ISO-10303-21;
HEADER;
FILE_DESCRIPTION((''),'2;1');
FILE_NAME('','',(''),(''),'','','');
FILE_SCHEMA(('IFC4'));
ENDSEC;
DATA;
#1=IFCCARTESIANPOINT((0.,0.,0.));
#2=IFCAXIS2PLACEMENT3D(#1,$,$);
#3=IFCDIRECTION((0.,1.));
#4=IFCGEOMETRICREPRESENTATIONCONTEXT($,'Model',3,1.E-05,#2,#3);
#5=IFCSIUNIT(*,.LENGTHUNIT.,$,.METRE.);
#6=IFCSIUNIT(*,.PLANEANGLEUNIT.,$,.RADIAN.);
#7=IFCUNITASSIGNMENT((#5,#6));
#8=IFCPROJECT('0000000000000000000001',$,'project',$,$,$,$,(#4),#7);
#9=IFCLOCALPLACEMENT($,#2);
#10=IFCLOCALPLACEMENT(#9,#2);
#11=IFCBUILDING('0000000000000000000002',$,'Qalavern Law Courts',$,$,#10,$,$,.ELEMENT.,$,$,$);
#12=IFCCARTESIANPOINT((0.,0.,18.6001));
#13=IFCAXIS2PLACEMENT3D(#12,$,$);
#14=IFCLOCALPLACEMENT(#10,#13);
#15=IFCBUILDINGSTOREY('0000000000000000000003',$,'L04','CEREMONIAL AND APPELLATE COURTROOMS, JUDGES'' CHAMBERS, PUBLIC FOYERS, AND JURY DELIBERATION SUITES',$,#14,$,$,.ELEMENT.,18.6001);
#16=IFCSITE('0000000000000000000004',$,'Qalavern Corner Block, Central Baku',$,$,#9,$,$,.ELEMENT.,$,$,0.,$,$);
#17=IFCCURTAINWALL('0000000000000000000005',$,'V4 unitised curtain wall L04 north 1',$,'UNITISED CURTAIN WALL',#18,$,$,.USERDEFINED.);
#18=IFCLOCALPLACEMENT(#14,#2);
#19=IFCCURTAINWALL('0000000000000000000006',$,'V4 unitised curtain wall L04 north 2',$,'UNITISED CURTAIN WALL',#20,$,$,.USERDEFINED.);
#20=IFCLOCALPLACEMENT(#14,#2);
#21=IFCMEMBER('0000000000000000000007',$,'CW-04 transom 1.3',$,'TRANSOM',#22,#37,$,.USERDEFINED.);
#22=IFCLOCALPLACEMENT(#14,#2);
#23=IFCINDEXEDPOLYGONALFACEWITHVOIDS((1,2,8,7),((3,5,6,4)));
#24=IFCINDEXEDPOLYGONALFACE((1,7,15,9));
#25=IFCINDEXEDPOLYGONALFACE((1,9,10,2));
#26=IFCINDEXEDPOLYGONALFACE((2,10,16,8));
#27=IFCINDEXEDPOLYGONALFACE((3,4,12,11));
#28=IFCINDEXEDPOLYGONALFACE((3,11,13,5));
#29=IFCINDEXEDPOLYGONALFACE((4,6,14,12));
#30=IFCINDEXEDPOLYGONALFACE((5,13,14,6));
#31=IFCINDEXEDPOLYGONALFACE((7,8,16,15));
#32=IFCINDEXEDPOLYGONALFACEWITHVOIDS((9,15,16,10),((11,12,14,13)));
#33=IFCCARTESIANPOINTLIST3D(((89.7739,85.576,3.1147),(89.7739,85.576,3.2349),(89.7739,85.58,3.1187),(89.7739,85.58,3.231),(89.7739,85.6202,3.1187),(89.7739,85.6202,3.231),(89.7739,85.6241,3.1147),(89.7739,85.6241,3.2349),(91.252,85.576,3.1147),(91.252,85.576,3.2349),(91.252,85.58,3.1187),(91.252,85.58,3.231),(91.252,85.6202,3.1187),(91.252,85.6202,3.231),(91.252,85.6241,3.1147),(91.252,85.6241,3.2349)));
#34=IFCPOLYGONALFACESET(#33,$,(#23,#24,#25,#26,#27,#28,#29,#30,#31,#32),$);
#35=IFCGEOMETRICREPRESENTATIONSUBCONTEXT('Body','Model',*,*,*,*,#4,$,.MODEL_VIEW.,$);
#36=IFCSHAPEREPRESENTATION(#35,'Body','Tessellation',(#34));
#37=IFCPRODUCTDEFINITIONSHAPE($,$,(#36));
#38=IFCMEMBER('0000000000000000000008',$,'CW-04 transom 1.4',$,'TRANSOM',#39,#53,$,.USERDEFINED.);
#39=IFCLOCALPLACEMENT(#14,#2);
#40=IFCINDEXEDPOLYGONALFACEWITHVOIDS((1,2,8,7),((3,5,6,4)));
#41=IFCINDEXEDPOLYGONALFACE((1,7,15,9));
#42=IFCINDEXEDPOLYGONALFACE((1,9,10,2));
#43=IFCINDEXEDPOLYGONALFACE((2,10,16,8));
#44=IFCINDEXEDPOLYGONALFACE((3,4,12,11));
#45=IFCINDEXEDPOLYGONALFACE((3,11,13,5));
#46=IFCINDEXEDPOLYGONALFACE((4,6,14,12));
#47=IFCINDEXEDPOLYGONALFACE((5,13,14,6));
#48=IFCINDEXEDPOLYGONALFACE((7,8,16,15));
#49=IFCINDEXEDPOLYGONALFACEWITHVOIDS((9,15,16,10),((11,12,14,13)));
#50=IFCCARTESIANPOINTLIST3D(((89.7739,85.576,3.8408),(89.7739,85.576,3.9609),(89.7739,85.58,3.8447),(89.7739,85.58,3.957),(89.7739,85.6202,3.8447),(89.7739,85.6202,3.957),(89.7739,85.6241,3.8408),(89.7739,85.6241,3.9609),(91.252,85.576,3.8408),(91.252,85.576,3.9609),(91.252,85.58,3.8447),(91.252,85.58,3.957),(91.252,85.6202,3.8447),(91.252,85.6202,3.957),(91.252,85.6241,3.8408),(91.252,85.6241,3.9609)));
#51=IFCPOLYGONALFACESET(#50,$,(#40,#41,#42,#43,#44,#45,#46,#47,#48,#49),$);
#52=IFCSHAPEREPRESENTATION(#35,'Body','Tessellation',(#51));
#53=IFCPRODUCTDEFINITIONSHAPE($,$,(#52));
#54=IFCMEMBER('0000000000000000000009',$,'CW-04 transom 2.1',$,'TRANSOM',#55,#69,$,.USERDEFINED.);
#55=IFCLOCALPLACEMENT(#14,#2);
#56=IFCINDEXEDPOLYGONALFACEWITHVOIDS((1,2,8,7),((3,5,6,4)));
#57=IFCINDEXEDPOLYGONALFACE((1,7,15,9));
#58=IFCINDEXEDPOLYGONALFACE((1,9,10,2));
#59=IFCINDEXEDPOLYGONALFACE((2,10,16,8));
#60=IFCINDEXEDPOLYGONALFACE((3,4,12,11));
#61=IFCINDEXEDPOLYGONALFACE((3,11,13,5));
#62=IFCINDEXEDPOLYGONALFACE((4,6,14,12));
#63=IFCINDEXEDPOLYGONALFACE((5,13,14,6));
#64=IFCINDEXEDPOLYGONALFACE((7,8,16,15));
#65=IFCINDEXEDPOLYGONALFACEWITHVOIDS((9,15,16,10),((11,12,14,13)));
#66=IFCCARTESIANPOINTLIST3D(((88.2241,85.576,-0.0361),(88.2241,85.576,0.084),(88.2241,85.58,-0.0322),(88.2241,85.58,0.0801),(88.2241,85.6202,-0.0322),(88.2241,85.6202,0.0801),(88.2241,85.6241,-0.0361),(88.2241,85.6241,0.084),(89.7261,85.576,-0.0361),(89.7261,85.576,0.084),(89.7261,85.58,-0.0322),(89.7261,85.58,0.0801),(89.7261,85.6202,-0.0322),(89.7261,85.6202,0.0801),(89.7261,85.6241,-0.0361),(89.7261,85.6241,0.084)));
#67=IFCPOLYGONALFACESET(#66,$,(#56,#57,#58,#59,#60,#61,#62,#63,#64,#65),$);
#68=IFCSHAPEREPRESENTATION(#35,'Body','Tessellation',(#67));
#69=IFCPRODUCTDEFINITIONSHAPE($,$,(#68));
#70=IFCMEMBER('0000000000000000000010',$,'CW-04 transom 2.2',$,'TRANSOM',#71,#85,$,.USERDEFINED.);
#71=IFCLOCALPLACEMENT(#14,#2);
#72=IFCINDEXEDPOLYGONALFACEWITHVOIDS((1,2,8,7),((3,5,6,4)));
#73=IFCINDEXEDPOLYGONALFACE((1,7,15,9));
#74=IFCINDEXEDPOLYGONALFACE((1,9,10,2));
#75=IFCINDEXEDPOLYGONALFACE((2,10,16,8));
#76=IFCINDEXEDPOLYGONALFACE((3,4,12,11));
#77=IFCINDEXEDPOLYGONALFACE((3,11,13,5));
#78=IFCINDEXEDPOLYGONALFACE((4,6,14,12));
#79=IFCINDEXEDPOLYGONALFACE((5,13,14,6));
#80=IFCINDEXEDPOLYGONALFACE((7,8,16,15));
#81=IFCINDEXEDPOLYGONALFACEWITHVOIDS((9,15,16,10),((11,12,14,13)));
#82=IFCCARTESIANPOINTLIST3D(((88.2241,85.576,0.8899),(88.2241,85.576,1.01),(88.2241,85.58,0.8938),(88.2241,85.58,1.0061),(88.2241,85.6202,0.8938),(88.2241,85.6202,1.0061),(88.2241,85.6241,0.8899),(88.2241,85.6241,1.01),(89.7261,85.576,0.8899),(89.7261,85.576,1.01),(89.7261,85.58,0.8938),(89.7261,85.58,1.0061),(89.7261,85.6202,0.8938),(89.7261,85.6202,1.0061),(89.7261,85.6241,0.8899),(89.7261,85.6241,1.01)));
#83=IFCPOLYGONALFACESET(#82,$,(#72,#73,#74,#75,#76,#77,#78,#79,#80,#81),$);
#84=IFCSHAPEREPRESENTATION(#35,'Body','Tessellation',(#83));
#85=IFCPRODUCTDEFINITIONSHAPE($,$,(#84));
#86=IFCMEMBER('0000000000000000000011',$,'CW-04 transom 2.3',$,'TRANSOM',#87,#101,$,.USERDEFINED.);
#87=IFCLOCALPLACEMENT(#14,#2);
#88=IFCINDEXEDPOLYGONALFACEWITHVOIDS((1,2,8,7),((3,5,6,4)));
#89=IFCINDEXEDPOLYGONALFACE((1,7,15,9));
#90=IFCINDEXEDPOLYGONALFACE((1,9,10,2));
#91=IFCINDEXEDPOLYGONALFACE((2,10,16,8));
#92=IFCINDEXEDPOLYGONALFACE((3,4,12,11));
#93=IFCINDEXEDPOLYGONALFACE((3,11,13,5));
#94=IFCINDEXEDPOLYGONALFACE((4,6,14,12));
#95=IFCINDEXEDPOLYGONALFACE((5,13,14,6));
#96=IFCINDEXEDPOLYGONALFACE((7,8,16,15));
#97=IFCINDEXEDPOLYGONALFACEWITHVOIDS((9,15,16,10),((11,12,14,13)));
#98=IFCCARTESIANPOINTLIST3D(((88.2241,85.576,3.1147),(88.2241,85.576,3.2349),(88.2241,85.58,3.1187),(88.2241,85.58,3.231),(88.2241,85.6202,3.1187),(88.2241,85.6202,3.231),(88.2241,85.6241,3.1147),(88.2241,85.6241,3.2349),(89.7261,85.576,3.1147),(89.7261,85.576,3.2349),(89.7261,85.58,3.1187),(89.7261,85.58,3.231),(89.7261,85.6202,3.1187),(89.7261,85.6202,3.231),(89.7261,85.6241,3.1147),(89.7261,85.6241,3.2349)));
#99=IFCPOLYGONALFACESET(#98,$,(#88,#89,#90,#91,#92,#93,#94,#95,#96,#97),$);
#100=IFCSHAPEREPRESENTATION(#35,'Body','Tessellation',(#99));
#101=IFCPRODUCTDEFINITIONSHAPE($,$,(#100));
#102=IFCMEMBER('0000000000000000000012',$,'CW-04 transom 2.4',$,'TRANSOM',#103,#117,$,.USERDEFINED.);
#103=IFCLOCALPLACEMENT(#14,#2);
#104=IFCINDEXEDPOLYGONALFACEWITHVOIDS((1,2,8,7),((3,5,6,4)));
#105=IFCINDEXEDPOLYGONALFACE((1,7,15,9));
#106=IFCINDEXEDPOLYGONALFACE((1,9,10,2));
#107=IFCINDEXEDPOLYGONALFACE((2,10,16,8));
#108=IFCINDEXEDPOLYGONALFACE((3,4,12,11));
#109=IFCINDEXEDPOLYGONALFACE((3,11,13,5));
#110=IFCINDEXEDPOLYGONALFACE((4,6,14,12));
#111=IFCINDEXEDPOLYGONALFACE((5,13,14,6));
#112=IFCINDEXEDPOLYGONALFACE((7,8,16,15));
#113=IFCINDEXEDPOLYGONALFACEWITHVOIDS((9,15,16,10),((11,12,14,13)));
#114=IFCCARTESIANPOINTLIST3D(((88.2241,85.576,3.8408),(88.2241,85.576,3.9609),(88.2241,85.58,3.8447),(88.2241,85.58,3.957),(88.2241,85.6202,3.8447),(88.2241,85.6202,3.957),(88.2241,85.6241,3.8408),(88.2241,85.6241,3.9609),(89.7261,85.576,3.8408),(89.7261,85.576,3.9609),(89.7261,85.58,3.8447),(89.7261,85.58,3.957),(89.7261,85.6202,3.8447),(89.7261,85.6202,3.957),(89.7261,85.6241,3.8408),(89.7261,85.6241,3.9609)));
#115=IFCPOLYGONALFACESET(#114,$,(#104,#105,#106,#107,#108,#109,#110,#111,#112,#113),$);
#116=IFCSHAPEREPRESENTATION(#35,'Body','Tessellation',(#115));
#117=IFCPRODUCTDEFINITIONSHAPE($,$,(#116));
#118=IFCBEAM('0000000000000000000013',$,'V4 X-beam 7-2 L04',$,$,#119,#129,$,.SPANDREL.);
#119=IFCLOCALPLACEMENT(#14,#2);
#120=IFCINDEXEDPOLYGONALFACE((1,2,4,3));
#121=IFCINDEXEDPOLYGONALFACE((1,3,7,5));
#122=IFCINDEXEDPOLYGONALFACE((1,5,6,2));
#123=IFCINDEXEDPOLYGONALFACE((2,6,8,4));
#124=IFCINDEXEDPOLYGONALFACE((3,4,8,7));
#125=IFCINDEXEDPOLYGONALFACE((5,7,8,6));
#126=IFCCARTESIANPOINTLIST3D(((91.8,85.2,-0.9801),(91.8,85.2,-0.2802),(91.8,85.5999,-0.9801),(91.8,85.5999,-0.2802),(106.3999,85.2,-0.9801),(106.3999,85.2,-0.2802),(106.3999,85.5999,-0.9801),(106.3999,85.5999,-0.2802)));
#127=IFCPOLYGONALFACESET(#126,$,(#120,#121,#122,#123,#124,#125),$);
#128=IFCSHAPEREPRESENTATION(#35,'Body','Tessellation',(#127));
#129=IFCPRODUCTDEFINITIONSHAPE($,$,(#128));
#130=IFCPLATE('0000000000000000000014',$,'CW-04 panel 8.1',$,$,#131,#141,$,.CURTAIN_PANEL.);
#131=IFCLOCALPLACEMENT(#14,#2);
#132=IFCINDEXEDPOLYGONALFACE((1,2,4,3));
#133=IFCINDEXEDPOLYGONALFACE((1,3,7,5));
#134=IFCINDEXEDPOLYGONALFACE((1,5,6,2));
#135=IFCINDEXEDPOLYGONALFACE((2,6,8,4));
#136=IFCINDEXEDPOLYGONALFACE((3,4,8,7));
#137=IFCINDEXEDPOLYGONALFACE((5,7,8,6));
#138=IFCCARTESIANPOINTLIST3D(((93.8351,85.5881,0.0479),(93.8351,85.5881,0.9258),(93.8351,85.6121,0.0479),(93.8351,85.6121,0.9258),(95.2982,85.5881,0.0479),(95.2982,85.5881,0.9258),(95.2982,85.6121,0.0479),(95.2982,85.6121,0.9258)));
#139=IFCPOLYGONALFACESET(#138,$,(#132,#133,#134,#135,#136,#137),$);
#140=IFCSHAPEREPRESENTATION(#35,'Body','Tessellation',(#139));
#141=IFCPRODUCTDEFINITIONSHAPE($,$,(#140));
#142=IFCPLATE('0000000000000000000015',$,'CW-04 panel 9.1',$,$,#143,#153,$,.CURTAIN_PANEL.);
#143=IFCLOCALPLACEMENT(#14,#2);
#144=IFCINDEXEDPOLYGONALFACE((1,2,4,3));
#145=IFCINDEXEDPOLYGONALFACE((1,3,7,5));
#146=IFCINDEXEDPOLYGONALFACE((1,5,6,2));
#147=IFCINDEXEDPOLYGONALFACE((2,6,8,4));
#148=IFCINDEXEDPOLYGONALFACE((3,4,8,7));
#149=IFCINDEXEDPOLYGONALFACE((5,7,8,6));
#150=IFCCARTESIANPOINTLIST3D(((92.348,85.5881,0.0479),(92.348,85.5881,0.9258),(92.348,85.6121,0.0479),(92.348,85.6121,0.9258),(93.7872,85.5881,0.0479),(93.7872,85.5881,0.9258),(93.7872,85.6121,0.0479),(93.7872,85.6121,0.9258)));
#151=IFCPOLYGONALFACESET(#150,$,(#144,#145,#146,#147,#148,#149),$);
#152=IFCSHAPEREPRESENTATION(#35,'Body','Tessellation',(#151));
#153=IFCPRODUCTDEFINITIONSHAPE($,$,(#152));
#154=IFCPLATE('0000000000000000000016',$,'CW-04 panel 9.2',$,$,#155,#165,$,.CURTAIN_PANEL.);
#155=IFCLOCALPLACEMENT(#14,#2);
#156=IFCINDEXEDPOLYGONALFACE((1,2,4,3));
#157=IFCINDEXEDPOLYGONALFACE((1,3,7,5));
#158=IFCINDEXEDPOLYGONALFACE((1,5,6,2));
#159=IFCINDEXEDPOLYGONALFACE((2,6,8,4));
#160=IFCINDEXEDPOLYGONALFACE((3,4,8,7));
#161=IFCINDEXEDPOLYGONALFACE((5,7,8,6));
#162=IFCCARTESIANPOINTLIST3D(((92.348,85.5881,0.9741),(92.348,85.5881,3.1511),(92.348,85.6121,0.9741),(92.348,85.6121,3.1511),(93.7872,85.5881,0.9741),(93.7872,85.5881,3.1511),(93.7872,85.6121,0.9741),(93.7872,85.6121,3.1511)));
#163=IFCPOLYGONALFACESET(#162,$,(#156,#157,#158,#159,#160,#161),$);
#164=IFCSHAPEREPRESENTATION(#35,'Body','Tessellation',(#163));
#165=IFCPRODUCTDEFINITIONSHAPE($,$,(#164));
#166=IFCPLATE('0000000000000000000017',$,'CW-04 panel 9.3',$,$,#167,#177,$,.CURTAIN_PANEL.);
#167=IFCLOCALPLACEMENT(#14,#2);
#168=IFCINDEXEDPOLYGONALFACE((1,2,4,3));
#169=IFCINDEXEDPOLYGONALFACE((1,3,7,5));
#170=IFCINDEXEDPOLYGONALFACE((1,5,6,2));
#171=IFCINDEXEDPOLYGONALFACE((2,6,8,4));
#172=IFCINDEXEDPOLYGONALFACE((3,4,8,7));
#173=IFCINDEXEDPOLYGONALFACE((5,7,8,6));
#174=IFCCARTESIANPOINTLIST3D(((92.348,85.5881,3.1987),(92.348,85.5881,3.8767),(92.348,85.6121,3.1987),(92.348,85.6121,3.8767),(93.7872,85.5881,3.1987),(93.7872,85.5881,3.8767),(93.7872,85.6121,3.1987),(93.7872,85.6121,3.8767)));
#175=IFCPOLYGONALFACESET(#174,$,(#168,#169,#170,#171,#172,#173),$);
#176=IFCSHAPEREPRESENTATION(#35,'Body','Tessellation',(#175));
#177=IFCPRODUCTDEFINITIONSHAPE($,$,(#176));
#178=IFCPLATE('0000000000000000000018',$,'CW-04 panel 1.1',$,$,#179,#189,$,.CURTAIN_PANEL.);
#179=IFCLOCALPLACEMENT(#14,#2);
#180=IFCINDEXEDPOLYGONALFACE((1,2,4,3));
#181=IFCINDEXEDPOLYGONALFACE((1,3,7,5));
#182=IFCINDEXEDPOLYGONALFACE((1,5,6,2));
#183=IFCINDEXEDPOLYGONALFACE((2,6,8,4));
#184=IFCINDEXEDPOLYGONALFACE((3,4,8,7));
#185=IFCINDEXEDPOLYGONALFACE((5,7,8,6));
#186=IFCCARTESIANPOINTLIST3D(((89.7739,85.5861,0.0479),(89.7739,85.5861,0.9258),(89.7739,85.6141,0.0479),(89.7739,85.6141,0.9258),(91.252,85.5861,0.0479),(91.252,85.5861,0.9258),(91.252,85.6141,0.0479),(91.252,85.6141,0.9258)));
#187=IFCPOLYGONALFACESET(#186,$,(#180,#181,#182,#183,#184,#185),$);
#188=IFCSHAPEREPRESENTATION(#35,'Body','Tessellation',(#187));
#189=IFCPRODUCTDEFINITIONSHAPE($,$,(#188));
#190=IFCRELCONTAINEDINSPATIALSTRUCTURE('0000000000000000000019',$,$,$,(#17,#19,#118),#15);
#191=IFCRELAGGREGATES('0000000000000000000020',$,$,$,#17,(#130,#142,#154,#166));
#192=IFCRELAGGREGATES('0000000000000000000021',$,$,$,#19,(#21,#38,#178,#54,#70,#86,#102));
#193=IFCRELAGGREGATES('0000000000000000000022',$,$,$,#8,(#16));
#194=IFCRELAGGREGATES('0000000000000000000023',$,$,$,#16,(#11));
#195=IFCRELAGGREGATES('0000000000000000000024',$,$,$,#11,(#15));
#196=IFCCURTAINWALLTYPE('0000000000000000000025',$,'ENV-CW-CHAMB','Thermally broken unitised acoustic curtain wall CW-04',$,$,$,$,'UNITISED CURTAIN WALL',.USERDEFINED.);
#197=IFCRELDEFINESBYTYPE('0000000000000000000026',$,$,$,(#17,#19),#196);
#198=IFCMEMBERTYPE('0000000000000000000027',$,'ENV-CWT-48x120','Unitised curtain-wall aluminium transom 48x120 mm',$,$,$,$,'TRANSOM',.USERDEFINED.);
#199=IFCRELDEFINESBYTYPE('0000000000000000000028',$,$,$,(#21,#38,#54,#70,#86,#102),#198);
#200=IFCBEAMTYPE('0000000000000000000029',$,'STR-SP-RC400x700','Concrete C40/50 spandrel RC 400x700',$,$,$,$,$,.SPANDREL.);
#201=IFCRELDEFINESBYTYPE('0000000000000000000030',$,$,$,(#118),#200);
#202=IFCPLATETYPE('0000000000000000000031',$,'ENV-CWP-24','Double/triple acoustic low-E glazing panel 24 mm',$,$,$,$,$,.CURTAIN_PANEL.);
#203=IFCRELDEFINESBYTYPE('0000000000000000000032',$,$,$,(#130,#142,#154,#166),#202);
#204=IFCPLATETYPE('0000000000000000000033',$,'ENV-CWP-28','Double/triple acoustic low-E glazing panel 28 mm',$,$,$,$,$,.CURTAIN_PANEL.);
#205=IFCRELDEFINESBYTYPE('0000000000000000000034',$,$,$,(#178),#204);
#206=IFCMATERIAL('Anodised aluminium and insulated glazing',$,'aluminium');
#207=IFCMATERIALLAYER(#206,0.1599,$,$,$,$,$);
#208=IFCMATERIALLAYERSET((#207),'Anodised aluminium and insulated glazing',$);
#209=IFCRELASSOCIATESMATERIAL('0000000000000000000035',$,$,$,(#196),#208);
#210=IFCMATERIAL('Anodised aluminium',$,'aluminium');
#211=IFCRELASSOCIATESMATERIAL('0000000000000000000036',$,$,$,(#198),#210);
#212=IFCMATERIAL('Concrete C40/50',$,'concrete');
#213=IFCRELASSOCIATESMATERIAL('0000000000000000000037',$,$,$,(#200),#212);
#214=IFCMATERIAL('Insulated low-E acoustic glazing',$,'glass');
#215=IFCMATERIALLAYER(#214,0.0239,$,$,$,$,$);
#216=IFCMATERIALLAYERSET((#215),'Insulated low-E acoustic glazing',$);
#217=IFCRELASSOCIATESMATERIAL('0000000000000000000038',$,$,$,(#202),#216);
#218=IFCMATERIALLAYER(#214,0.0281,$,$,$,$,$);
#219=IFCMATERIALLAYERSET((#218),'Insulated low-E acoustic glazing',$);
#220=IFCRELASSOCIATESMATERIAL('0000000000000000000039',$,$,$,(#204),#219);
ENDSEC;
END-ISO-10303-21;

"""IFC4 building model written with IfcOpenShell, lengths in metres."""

from ifc_helpers import new_model, si_unit, direction, frame, origin, origin_2d, place, context, subcontext, project, spatial, rectangle, hollow_rectangle, extrude, material, layer, layer_set, material_profile, profile_set, type_object, element, aggregate, save


model = new_model("IFC4")

# Units and contexts
model_context = context("Model", 3, precision=1e-05, world=origin(), true_north=direction((0.0, 1.0)))
body_context = subcontext(model_context, "Body", "Model", "MODEL_VIEW")
ifc_project = project(units=[si_unit("LENGTHUNIT", "METRE"), si_unit("PLANEANGLEUNIT", "RADIAN")], contexts=[model_context])

# Site, building, storey
site_placement = place(None, origin())
site = spatial("IfcSite", under=ifc_project, at=site_placement, Name="Qalavern Corner Block, Central Baku", CompositionType="ELEMENT", RefElevation=0.0)
building_placement = place(site_placement, origin())
building = spatial("IfcBuilding", under=site, at=building_placement, Name="Qalavern Law Courts", CompositionType="ELEMENT")
storey_placement = place(building_placement, frame((0.0, 0.0, 18.6001)))
storey = spatial("IfcBuildingStorey", under=building, at=storey_placement, Name="L04", Description="CEREMONIAL AND APPELLATE COURTROOMS, JUDGES' CHAMBERS, PUBLIC FOYERS, AND JURY DELIBERATION SUITES", CompositionType="ELEMENT", Elevation=18.6001)

# Curtain walls
ifc_material_1 = material(Name="Anodised aluminium and insulated glazing", Category="aluminium")
ifc_layer_1 = layer(ifc_material_1, 0.1599)
ifc_layer_set_1 = layer_set([ifc_layer_1], Name="Anodised aluminium and insulated glazing")
curtain_wall_type = type_object("IfcCurtainWallType", Name="ENV-CW-CHAMB", Description="Thermally broken unitised acoustic curtain wall CW-04", ElementType="UNITISED CURTAIN WALL", PredefinedType="USERDEFINED", material=ifc_layer_set_1)
curtain_wall_1_placement = place(storey_placement, origin())
curtain_wall_1 = element("IfcCurtainWall", 1, at=curtain_wall_1_placement, inside=storey, type_object=curtain_wall_type, Name="V4 unitised curtain wall L04 north 1", ObjectType="UNITISED CURTAIN WALL", PredefinedType="USERDEFINED")
ifc_material_2 = material(Name="Anodised aluminium", Category="aluminium")
curtain_wall_2_placement = place(storey_placement, origin())
curtain_wall_2 = element("IfcCurtainWall", 2, at=curtain_wall_2_placement, inside=storey, type_object=curtain_wall_type, Name="V4 unitised curtain wall L04 north 2", ObjectType="UNITISED CURTAIN WALL", PredefinedType="USERDEFINED")

# Members
ifc_material_profile_1 = material_profile(ifc_material_2, hollow_rectangle(XDim=0.0481, YDim=0.1201, WallThickness=0.0039, at=origin_2d()), Name="ALU TRANSOM 48x120")
ifc_profile_set_1 = profile_set([ifc_material_profile_1], Name="Anodised aluminium")
member_type_1 = type_object("IfcMemberType", Name="ENV-CWT-48x120", Description="Unitised curtain-wall aluminium transom 48x120 mm", ElementType="TRANSOM", PredefinedType="USERDEFINED", material=ifc_profile_set_1)
member_1_placement = place(storey_placement, frame((91.252, 85.6001, 3.1748), z_axis=(-1.0, 0.0, 0.0), x_axis=(0.0, -1.0, 0.0)))
member_1 = element("IfcMember", 3, at=member_1_placement, type_object=member_type_1, Name="CW-04 transom 1.3", ObjectType="TRANSOM", PredefinedType="USERDEFINED", context=body_context, shape_type="SweptSolid", body=[
    extrude(hollow_rectangle(XDim=0.0481, YDim=0.1201, WallThickness=0.0039, at=origin_2d()), origin(), (0.0, 0.0, 1.0), 1.478),
])
member_2_placement = place(storey_placement, frame((91.252, 85.6001, 3.9009), z_axis=(-1.0, 0.0, 0.0), x_axis=(0.0, -1.0, 0.0)))
member_2 = element("IfcMember", 4, at=member_2_placement, type_object=member_type_1, Name="CW-04 transom 1.4", ObjectType="TRANSOM", PredefinedType="USERDEFINED", context=body_context, shape_type="SweptSolid", body=[
    extrude(hollow_rectangle(XDim=0.0481, YDim=0.1201, WallThickness=0.0039, at=origin_2d()), origin(), (0.0, 0.0, 1.0), 1.478),
])
member_3_placement = place(storey_placement, frame((89.7261, 85.6001, 0.0239), z_axis=(-1.0, 0.0, 0.0), x_axis=(0.0, -1.0, 0.0)))
member_3 = element("IfcMember", 5, at=member_3_placement, type_object=member_type_1, Name="CW-04 transom 2.1", ObjectType="TRANSOM", PredefinedType="USERDEFINED", context=body_context, shape_type="SweptSolid", body=[
    extrude(hollow_rectangle(XDim=0.0481, YDim=0.1201, WallThickness=0.0039, at=origin_2d()), origin(), (0.0, 0.0, 1.0), 1.502),
])
member_4_placement = place(storey_placement, frame((89.7261, 85.6001, 0.95), z_axis=(-1.0, 0.0, 0.0), x_axis=(0.0, -1.0, 0.0)))
member_4 = element("IfcMember", 6, at=member_4_placement, type_object=member_type_1, Name="CW-04 transom 2.2", ObjectType="TRANSOM", PredefinedType="USERDEFINED", context=body_context, shape_type="SweptSolid", body=[
    extrude(hollow_rectangle(XDim=0.0481, YDim=0.1201, WallThickness=0.0039, at=origin_2d()), origin(), (0.0, 0.0, 1.0), 1.502),
])
member_5_placement = place(storey_placement, frame((89.7261, 85.6001, 3.1748), z_axis=(-1.0, 0.0, 0.0), x_axis=(0.0, -1.0, 0.0)))
member_5 = element("IfcMember", 7, at=member_5_placement, type_object=member_type_1, Name="CW-04 transom 2.3", ObjectType="TRANSOM", PredefinedType="USERDEFINED", context=body_context, shape_type="SweptSolid", body=[
    extrude(hollow_rectangle(XDim=0.0481, YDim=0.1201, WallThickness=0.0039, at=origin_2d()), origin(), (0.0, 0.0, 1.0), 1.502),
])
member_6_placement = place(storey_placement, frame((89.7261, 85.6001, 3.9009), z_axis=(-1.0, 0.0, 0.0), x_axis=(0.0, -1.0, 0.0)))
member_6 = element("IfcMember", 8, at=member_6_placement, type_object=member_type_1, Name="CW-04 transom 2.4", ObjectType="TRANSOM", PredefinedType="USERDEFINED", context=body_context, shape_type="SweptSolid", body=[
    extrude(hollow_rectangle(XDim=0.0481, YDim=0.1201, WallThickness=0.0039, at=origin_2d()), origin(), (0.0, 0.0, 1.0), 1.502),
])

# Beam
ifc_material_3 = material(Name="Concrete C40/50", Category="concrete")
ifc_material_profile_2 = material_profile(ifc_material_3, rectangle(XDim=0.3999, YDim=0.7, at=origin_2d()), Name="RC 400x700")
ifc_profile_set_2 = profile_set([ifc_material_profile_2], Name="Concrete C40/50")
beam_type = type_object("IfcBeamType", Name="STR-SP-RC400x700", Description="Concrete C40/50 spandrel RC 400x700", PredefinedType="SPANDREL", material=ifc_profile_set_2)
beam_placement = place(storey_placement, frame((91.8, 85.3999, -0.6301), z_axis=(1.0, 0.0, 0.0), x_axis=(0.0, 1.0, 0.0)))
element("IfcBeam", 9, at=beam_placement, inside=storey, type_object=beam_type, Name="V4 X-beam 7-2 L04", PredefinedType="SPANDREL", context=body_context, shape_type="SweptSolid", body=[
    extrude(rectangle(XDim=0.3999, YDim=0.7, at=origin_2d()), origin(), (0.0, 0.0, 1.0), 14.5999),
])

# Plates
ifc_material_4 = material(Name="Insulated low-E acoustic glazing", Category="glass")
ifc_layer_2 = layer(ifc_material_4, 0.0239)
ifc_layer_set_2 = layer_set([ifc_layer_2], Name="Insulated low-E acoustic glazing")
plate_type_1 = type_object("IfcPlateType", Name="ENV-CWP-24", Description="Double/triple acoustic low-E glazing panel 24 mm", PredefinedType="CURTAIN_PANEL", material=ifc_layer_set_2)
plate_1_placement = place(storey_placement, frame((94.5667, 85.6001, 0.0479), z_axis=(0.0, 0.0, 1.0), x_axis=(-1.0, 0.0, 0.0)))
plate_1 = element("IfcPlate", 10, at=plate_1_placement, type_object=plate_type_1, Name="CW-04 panel 8.1", PredefinedType="CURTAIN_PANEL", context=body_context, shape_type="SweptSolid", body=[
    extrude(rectangle(XDim=1.4631, YDim=0.0239, at=origin_2d()), origin(), (0.0, 0.0, 1.0), 0.8779),
])
plate_2_placement = place(storey_placement, frame((93.0676, 85.6001, 0.0479), z_axis=(0.0, 0.0, 1.0), x_axis=(-1.0, 0.0, 0.0)))
plate_2 = element("IfcPlate", 11, at=plate_2_placement, type_object=plate_type_1, Name="CW-04 panel 9.1", PredefinedType="CURTAIN_PANEL", context=body_context, shape_type="SweptSolid", body=[
    extrude(rectangle(XDim=1.4392, YDim=0.0239, at=origin_2d()), origin(), (0.0, 0.0, 1.0), 0.8779),
])
plate_3_placement = place(storey_placement, frame((93.0676, 85.6001, 0.9741), z_axis=(0.0, 0.0, 1.0), x_axis=(-1.0, 0.0, 0.0)))
plate_3 = element("IfcPlate", 12, at=plate_3_placement, type_object=plate_type_1, Name="CW-04 panel 9.2", PredefinedType="CURTAIN_PANEL", context=body_context, shape_type="SweptSolid", body=[
    extrude(rectangle(XDim=1.4392, YDim=0.0239, at=origin_2d()), origin(), (0.0, 0.0, 1.0), 2.177),
])
plate_4_placement = place(storey_placement, frame((93.0676, 85.6001, 3.1987), z_axis=(0.0, 0.0, 1.0), x_axis=(-1.0, 0.0, 0.0)))
plate_4 = element("IfcPlate", 13, at=plate_4_placement, type_object=plate_type_1, Name="CW-04 panel 9.3", PredefinedType="CURTAIN_PANEL", context=body_context, shape_type="SweptSolid", body=[
    extrude(rectangle(XDim=1.4392, YDim=0.0239, at=origin_2d()), origin(), (0.0, 0.0, 1.0), 0.678),
])
aggregate(curtain_wall_1, [plate_1, plate_2, plate_3, plate_4])
ifc_layer_3 = layer(ifc_material_4, 0.0281)
ifc_layer_set_3 = layer_set([ifc_layer_3], Name="Insulated low-E acoustic glazing")
plate_type_2 = type_object("IfcPlateType", Name="ENV-CWP-28", Description="Double/triple acoustic low-E glazing panel 28 mm", PredefinedType="CURTAIN_PANEL", material=ifc_layer_set_3)
plate_5_placement = place(storey_placement, frame((90.5129, 85.6001, 0.0479), z_axis=(0.0, 0.0, 1.0), x_axis=(-1.0, 0.0, 0.0)))
plate_5 = element("IfcPlate", 14, at=plate_5_placement, type_object=plate_type_2, Name="CW-04 panel 1.1", PredefinedType="CURTAIN_PANEL", context=body_context, shape_type="SweptSolid", body=[
    extrude(rectangle(XDim=1.478, YDim=0.0281, at=origin_2d()), origin(), (0.0, 0.0, 1.0), 0.8779),
])
aggregate(curtain_wall_2, [member_1, member_2, plate_5, member_3, member_4, member_5, member_6])

save(model, "model.ifc")
